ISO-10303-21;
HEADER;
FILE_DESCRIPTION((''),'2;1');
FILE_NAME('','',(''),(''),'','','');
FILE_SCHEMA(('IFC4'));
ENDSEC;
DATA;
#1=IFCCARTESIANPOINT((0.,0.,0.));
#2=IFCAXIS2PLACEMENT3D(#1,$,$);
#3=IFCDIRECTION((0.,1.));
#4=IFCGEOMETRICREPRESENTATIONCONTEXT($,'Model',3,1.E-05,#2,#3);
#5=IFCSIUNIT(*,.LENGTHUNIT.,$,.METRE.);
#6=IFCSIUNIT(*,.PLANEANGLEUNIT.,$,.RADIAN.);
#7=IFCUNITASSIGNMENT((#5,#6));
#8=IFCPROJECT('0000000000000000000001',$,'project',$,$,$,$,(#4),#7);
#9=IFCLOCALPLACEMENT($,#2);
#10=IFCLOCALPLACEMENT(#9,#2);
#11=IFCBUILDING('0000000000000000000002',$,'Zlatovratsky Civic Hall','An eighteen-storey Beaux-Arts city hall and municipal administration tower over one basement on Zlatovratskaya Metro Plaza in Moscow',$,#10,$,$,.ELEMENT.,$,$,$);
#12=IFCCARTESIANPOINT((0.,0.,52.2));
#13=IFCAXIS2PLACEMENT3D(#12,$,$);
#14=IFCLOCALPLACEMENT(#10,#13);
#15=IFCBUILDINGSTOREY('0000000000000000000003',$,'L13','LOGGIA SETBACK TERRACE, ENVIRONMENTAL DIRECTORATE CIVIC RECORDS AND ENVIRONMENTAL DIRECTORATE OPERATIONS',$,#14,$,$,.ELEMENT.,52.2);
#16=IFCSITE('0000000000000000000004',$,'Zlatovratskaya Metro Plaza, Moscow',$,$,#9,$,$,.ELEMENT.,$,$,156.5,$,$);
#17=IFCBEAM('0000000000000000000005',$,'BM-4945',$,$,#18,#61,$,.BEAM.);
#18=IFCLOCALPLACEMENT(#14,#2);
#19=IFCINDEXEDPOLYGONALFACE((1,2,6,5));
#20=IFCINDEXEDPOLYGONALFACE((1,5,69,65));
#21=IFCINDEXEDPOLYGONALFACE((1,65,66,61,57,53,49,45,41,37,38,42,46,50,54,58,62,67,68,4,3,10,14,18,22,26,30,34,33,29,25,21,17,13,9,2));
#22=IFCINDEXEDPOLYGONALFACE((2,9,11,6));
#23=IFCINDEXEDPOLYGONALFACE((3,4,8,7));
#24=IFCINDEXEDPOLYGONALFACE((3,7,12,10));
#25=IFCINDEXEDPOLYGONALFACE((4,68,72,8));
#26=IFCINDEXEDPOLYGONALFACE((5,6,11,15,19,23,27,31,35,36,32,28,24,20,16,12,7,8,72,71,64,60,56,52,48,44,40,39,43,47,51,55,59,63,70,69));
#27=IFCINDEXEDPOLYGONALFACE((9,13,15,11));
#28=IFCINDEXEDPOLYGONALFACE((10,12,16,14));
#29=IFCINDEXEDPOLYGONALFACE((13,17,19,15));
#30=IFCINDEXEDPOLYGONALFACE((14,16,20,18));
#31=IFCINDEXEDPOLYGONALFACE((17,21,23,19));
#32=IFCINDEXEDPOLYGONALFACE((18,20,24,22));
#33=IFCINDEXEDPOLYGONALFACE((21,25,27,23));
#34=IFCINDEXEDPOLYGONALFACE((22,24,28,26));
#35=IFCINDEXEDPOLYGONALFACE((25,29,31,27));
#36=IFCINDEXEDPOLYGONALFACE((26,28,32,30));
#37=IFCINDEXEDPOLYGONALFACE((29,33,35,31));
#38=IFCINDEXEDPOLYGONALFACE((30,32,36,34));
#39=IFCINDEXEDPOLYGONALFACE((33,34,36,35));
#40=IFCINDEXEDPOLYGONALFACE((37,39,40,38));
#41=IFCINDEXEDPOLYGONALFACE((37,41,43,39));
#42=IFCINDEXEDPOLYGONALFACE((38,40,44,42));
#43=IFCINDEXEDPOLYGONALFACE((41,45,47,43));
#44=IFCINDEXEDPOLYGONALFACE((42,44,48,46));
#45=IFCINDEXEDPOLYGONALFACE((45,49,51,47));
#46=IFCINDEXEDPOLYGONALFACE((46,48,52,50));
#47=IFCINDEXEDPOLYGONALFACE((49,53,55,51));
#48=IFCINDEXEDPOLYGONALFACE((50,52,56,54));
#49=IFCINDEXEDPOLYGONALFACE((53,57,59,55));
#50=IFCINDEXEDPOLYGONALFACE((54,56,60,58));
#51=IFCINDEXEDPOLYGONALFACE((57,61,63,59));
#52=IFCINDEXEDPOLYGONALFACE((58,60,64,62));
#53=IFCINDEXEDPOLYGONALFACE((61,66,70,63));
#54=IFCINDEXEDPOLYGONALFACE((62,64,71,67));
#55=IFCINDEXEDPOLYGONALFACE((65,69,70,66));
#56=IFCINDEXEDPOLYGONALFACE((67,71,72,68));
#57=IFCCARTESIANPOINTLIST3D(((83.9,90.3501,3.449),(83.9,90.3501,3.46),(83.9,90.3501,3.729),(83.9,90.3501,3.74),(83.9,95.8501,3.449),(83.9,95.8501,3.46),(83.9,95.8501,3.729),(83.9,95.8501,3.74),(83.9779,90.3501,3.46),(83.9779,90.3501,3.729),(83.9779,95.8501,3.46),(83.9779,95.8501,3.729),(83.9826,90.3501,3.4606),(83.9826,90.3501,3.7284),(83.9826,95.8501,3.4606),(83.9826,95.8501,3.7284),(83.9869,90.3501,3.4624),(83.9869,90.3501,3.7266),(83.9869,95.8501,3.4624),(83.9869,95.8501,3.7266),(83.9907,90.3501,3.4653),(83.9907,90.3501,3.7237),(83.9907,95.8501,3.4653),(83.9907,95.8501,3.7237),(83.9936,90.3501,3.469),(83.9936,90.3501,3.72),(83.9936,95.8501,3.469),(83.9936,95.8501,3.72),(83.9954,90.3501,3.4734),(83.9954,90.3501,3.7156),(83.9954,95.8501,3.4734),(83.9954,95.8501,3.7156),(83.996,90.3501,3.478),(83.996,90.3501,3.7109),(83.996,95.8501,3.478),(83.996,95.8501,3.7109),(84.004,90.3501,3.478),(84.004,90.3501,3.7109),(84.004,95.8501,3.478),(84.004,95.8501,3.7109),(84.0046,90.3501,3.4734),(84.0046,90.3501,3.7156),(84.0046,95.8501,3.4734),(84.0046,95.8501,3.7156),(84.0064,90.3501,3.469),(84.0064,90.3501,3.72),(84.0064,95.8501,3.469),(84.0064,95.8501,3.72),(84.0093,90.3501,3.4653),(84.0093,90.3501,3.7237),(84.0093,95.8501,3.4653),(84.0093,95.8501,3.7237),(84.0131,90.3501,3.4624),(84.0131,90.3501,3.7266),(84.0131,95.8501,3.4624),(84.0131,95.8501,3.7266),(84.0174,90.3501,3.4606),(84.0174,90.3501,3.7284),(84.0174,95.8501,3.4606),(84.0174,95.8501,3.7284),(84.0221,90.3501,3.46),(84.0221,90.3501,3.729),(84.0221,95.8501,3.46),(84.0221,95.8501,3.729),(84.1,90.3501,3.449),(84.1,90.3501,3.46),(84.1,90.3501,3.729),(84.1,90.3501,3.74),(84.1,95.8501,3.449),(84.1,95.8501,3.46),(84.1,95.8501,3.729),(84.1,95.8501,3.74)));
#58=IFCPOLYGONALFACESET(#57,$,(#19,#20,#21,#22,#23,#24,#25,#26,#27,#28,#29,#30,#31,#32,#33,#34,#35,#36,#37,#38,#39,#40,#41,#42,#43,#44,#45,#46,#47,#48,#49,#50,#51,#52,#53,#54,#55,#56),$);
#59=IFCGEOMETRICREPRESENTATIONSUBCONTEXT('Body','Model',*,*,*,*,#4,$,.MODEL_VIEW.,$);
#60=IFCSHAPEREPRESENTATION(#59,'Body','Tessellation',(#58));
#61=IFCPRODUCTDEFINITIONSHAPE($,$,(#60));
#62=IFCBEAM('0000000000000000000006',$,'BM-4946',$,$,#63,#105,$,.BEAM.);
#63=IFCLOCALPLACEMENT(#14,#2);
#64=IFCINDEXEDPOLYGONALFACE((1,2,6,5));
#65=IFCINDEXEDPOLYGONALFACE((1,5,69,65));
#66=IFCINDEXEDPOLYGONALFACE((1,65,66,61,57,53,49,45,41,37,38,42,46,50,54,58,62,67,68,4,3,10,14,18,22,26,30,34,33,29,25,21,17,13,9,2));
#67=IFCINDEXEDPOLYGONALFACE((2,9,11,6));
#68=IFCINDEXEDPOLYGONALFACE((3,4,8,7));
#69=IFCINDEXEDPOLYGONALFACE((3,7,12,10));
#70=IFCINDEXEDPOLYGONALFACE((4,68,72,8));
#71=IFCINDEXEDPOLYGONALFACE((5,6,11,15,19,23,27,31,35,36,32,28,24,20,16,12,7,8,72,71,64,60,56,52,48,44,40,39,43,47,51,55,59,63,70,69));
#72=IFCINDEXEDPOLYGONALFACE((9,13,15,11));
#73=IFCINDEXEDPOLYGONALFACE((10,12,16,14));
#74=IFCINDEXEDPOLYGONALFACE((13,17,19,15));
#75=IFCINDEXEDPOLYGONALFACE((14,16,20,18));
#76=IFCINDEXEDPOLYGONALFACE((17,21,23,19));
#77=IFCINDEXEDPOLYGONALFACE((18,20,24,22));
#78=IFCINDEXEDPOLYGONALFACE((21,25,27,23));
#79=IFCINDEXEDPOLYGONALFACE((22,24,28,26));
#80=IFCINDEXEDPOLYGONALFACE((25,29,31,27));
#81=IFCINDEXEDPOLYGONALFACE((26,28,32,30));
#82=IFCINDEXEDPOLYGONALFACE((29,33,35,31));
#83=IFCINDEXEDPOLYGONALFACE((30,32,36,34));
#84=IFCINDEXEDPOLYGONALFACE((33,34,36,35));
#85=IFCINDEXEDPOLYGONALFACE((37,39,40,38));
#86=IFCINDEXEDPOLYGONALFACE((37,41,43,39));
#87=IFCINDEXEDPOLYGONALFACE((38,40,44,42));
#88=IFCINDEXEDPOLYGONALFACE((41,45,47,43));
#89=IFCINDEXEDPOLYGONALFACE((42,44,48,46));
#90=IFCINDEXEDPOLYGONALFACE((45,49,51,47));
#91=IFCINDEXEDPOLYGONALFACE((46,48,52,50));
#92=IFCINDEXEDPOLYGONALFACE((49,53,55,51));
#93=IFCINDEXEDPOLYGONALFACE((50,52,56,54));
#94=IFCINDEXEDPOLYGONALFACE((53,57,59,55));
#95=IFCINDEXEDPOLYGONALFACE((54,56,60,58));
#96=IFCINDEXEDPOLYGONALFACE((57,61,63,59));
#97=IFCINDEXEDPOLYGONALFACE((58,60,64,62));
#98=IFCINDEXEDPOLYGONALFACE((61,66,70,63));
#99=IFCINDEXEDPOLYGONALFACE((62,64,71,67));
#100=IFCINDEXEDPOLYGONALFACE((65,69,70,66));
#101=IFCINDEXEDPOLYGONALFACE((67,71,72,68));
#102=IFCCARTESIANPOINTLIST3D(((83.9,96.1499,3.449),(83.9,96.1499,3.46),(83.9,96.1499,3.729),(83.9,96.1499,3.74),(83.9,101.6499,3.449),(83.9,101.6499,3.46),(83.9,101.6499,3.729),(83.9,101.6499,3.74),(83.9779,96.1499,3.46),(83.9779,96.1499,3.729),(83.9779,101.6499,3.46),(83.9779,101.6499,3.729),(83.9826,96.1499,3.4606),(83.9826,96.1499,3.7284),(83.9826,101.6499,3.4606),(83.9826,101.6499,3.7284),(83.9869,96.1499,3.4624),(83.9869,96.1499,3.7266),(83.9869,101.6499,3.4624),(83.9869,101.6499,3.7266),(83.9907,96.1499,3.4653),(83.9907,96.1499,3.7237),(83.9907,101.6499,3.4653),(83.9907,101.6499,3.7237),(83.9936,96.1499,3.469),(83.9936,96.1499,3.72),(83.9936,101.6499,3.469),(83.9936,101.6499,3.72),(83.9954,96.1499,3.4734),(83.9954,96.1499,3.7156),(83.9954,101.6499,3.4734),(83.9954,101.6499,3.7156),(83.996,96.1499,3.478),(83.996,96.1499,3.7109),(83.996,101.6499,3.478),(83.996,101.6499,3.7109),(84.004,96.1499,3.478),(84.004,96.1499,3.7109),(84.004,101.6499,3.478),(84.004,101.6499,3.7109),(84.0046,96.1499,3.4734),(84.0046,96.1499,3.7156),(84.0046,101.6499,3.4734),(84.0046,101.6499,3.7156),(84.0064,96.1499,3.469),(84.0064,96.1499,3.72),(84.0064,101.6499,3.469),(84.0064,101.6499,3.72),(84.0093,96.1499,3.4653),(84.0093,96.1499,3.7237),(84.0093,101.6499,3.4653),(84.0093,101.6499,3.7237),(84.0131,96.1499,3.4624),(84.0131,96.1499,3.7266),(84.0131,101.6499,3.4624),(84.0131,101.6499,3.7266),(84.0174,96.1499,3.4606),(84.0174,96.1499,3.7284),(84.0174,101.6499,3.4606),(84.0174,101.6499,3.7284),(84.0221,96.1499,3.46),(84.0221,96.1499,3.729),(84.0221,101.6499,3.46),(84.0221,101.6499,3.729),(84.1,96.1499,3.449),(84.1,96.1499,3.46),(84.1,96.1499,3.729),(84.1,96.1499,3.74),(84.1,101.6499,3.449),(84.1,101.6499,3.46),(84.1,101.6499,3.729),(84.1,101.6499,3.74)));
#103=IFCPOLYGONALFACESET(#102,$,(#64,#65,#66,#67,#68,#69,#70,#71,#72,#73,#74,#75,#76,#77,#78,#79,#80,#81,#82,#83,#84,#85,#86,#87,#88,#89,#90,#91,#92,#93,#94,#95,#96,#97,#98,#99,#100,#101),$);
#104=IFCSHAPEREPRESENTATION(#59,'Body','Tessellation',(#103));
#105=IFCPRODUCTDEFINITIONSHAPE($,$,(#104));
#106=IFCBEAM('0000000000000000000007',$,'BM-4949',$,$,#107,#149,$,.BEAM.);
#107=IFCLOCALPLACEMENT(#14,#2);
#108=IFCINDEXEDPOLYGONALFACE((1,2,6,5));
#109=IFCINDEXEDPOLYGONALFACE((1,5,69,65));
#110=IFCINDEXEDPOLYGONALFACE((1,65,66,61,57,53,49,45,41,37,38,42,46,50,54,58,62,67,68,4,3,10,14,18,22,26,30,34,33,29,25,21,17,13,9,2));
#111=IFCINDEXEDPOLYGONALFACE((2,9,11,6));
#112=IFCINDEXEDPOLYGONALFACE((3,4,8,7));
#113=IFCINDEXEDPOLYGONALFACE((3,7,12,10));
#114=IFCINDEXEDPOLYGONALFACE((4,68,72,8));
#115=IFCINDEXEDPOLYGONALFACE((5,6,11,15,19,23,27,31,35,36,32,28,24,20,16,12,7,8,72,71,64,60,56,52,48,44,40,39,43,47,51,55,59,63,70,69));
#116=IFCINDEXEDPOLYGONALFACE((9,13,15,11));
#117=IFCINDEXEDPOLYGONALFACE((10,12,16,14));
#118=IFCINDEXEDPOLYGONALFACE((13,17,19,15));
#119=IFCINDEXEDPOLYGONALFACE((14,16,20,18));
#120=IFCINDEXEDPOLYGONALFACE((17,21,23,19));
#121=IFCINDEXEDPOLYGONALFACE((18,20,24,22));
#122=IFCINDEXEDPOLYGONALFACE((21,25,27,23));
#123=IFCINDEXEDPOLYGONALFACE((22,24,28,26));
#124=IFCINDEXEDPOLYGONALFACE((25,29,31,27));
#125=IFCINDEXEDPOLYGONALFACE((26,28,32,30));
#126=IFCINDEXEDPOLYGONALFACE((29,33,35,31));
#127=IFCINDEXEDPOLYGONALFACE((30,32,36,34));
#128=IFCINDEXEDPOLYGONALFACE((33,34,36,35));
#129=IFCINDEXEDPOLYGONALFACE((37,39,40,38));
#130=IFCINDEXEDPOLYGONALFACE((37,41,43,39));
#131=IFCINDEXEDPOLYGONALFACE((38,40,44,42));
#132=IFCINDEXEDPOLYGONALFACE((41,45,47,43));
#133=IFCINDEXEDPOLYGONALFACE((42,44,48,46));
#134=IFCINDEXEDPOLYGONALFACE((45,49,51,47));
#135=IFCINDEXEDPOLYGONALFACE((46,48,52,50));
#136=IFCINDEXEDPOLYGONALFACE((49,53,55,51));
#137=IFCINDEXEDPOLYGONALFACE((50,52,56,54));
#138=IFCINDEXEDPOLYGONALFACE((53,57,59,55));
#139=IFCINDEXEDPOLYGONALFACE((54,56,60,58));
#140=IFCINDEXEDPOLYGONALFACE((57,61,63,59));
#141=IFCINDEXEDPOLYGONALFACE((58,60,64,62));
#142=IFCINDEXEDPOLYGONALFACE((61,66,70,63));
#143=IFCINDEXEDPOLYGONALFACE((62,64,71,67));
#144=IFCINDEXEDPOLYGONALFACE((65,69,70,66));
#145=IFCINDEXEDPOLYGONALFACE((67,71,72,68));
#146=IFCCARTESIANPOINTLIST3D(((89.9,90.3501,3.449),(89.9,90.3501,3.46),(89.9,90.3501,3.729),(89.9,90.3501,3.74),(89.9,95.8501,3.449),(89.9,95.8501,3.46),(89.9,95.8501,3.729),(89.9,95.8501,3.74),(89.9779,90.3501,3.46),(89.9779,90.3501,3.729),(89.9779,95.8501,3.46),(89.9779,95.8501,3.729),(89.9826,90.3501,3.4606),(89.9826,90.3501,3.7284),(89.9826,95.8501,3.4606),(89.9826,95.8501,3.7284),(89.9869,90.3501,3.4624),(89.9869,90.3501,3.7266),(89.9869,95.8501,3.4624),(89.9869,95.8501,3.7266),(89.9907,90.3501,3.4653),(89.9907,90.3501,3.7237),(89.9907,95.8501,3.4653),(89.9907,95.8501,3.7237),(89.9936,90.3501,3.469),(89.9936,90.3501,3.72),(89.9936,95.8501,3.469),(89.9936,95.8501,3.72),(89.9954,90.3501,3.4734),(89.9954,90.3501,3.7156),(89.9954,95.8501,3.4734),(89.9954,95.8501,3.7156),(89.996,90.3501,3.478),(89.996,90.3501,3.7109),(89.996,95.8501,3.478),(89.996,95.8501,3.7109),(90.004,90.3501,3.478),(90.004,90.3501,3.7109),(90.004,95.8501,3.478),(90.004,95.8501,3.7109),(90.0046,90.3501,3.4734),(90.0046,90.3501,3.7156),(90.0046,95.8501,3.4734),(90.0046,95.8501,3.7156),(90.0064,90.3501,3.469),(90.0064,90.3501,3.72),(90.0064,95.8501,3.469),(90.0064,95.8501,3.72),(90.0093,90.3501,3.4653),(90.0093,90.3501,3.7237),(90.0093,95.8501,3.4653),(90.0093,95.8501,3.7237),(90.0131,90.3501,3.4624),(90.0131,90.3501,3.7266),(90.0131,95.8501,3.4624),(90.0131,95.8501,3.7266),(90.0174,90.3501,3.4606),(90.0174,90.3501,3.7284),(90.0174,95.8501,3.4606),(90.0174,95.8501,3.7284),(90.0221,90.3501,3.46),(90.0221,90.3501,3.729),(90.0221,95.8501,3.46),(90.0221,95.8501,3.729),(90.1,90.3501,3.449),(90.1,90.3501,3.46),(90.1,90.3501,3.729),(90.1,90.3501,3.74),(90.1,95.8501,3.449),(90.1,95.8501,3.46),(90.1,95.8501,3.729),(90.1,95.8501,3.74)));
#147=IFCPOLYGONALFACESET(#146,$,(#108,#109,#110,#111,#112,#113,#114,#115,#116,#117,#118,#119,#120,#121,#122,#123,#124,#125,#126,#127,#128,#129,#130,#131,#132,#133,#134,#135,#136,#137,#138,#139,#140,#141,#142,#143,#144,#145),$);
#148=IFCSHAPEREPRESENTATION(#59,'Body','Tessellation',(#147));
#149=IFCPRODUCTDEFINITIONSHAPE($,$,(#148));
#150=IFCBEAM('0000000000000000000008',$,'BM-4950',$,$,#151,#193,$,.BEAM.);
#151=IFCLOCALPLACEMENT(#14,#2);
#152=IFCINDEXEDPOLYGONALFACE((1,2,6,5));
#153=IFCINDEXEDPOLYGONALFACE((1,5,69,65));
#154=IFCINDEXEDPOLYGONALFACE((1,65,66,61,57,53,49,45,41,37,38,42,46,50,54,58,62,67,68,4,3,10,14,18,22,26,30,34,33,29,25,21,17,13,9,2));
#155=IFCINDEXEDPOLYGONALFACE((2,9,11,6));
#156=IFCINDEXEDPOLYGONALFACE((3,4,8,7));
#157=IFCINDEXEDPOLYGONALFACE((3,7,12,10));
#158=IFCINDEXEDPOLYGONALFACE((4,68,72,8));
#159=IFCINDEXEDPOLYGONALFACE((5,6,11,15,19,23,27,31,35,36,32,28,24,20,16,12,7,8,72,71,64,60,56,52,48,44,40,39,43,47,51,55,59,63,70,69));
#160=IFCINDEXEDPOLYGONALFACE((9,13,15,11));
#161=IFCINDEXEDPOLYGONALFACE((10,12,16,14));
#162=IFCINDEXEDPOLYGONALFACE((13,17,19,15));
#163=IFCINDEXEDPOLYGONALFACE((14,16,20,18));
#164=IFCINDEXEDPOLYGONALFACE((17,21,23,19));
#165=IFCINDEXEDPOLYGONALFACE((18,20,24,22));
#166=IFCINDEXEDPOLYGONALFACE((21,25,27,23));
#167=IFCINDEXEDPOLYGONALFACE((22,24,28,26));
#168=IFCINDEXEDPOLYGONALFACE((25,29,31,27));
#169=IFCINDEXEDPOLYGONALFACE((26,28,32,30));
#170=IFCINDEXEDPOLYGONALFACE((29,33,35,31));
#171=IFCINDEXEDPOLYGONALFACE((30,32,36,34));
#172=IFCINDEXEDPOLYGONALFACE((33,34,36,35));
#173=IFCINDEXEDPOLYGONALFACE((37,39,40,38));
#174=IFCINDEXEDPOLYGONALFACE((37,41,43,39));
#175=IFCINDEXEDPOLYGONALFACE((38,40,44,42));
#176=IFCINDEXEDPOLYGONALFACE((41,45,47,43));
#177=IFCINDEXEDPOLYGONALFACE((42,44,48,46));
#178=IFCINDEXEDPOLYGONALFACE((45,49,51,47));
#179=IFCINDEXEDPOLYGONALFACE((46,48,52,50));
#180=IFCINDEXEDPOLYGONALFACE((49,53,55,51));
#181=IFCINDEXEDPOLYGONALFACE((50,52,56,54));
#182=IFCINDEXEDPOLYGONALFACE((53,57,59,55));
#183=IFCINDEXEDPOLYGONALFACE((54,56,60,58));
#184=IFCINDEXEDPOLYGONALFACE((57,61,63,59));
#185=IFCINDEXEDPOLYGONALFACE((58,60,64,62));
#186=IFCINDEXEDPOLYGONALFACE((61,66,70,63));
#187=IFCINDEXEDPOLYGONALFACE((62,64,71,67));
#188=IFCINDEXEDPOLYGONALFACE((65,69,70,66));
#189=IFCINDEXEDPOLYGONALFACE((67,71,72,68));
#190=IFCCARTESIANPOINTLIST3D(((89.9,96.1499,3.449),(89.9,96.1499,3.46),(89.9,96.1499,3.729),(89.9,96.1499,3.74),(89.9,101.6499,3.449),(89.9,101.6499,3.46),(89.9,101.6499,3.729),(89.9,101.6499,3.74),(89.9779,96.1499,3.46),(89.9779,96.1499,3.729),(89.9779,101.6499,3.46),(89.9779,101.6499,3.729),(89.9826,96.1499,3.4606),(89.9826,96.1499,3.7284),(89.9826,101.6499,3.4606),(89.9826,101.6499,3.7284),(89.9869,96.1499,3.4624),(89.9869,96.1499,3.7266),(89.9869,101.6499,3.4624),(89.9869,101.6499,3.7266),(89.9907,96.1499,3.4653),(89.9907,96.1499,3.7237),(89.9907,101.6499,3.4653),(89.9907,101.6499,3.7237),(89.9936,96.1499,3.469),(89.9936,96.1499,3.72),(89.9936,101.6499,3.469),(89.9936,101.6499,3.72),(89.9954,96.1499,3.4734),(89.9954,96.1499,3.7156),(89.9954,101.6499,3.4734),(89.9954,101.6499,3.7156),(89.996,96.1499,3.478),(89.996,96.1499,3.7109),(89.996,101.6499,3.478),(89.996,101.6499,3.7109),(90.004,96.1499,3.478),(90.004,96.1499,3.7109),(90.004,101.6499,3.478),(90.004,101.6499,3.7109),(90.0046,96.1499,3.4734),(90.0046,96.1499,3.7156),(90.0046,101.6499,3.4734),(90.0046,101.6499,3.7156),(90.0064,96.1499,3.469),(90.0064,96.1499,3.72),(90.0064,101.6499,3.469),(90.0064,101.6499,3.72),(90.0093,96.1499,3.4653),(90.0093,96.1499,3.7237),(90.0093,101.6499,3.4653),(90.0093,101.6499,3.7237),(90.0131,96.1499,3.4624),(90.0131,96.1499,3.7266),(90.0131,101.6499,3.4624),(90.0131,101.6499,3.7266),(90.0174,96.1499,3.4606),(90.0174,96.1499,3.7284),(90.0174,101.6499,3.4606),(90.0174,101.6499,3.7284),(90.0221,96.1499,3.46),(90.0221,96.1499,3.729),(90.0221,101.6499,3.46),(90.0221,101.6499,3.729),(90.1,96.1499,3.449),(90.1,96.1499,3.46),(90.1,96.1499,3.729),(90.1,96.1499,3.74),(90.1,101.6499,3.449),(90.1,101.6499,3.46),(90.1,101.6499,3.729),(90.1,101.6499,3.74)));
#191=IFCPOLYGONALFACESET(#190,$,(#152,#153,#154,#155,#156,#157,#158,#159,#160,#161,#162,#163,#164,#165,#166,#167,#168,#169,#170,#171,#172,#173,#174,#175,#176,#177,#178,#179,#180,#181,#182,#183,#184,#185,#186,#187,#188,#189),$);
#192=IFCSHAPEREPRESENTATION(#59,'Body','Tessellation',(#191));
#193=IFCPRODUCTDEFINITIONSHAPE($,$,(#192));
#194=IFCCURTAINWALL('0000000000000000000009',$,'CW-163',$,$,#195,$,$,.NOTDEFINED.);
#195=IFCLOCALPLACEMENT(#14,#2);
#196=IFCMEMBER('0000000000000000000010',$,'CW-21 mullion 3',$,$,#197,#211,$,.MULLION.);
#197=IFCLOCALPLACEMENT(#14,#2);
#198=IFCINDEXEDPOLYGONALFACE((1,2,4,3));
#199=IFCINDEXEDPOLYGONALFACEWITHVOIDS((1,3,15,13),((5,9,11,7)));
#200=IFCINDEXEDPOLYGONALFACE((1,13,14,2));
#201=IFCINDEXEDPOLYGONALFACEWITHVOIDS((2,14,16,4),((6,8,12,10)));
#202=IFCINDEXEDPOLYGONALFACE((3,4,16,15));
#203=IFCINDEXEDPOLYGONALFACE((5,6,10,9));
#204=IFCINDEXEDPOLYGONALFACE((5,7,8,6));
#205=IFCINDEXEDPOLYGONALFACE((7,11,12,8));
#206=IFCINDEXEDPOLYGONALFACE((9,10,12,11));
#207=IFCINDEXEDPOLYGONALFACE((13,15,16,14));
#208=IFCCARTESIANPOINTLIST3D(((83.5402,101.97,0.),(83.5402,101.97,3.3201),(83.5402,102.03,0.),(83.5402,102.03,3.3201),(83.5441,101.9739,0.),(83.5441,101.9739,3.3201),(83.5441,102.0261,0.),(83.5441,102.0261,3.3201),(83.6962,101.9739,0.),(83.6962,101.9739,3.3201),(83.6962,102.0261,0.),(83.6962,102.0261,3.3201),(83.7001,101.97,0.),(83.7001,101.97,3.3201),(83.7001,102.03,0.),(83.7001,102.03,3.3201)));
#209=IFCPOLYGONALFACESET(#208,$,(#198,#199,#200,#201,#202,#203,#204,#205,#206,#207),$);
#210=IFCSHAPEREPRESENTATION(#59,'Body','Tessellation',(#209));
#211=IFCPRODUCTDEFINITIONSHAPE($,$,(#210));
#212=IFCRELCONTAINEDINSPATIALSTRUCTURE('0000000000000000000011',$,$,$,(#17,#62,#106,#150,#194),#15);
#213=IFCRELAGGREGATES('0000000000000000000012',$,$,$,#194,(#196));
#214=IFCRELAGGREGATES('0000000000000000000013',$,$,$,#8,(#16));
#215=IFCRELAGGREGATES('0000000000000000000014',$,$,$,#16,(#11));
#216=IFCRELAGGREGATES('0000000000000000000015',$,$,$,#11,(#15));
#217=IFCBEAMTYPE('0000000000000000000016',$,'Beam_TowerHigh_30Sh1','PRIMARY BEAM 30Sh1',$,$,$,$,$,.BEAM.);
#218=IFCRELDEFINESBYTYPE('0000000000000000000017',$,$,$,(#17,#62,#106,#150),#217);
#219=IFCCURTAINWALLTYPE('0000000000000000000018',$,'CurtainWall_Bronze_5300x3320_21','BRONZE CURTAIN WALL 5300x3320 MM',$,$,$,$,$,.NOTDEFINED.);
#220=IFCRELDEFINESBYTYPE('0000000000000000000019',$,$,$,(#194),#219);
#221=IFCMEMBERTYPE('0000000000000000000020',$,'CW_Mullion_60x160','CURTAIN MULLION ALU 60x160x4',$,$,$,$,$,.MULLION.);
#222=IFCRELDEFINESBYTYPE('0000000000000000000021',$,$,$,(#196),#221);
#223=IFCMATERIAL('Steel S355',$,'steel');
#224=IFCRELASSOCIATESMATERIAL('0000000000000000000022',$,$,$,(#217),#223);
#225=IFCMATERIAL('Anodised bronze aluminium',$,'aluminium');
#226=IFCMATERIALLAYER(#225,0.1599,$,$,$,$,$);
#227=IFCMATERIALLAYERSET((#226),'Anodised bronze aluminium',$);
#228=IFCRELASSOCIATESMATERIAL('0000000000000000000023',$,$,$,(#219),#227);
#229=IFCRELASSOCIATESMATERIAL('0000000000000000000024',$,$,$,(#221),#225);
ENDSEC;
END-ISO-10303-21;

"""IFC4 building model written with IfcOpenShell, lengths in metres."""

from ifc_helpers import new_model, si_unit, direction, frame, origin, origin_2d, place, context, subcontext, project, spatial, hollow_rectangle, i_section, extrude, material, layer, layer_set, material_profile, profile_set, type_object, element, aggregate, save


model = new_model("IFC4")

# Units and contexts
model_context = context("Model", 3, precision=1e-05, world=origin(), true_north=direction((0.0, 1.0)))
body_context = subcontext(model_context, "Body", "Model", "MODEL_VIEW")
ifc_project = project(units=[si_unit("LENGTHUNIT", "METRE"), si_unit("PLANEANGLEUNIT", "RADIAN")], contexts=[model_context])

# Site, building, storey
site_placement = place(None, origin())
site = spatial("IfcSite", under=ifc_project, at=site_placement, Name="Zlatovratskaya Metro Plaza, Moscow", CompositionType="ELEMENT", RefElevation=156.5)
building_placement = place(site_placement, origin())
building = spatial("IfcBuilding", under=site, at=building_placement, Name="Zlatovratsky Civic Hall", Description="An eighteen-storey Beaux-Arts city hall and municipal administration tower over one basement on Zlatovratskaya Metro Plaza in Moscow", CompositionType="ELEMENT")
storey_placement = place(building_placement, frame((0.0, 0.0, 52.2)))
storey = spatial("IfcBuildingStorey", under=building, at=storey_placement, Name="L13", Description="LOGGIA SETBACK TERRACE, ENVIRONMENTAL DIRECTORATE CIVIC RECORDS AND ENVIRONMENTAL DIRECTORATE OPERATIONS", CompositionType="ELEMENT", Elevation=52.2)

# Shared definitions
ifc_material_1 = material(Name="Steel S355", Category="steel")

# Beams
ifc_material_profile_1 = material_profile(ifc_material_1, i_section(OverallWidth=0.2, OverallDepth=0.291, WebThickness=0.0081, FlangeThickness=0.011, FilletRadius=0.0181, at=origin_2d()), Name="30Sh1")
ifc_profile_set_1 = profile_set([ifc_material_profile_1], Name="Steel S355")
beam_type_1 = type_object("IfcBeamType", Name="Beam_TowerHigh_30Sh1", Description="PRIMARY BEAM 30Sh1", PredefinedType="BEAM", material=ifc_profile_set_1)
for number, where, z_axis, x_axis, name in (
    (1, (84.0, 90.3501, 3.5945), (0.0, 1.0, 0.0), (-1.0, 0.0, 0.0), "BM-4945"),
    (2, (84.0, 96.1499, 3.5945), (0.0, 1.0, 0.0), (-1.0, 0.0, 0.0), "BM-4946"),
    (3, (90.0, 90.3501, 3.5945), (0.0, 1.0, 0.0), (-1.0, 0.0, 0.0), "BM-4949"),
    (4, (90.0, 96.1499, 3.5945), (0.0, 1.0, 0.0), (-1.0, 0.0, 0.0), "BM-4950"),
):
    element("IfcBeam", number, at=place(storey_placement, frame(where, z_axis=z_axis, x_axis=x_axis)), inside=storey, type_object=beam_type_1, Name=name, PredefinedType="BEAM", context=body_context, shape_type="SweptSolid", body=[
        extrude(i_section(OverallWidth=0.2, OverallDepth=0.291, WebThickness=0.0081, FlangeThickness=0.011, FilletRadius=0.0181, at=origin_2d()), origin(), (0.0, 0.0, 1.0), 5.5),
    ])

# Curtain wall, member
ifc_material_2 = material(Name="Anodised bronze aluminium", Category="aluminium")
ifc_layer_1 = layer(ifc_material_2, 0.1599)
ifc_layer_set_1 = layer_set([ifc_layer_1], Name="Anodised bronze aluminium")
curtain_wall_type = type_object("IfcCurtainWallType", Name="CurtainWall_Bronze_5300x3320_21", Description="BRONZE CURTAIN WALL 5300x3320 MM", PredefinedType="NOTDEFINED", material=ifc_layer_set_1)
curtain_wall_1_placement = place(storey_placement, origin())
curtain_wall_1 = element("IfcCurtainWall", 5, at=curtain_wall_1_placement, inside=storey, type_object=curtain_wall_type, Name="CW-163", PredefinedType="NOTDEFINED")
ifc_material_profile_2 = material_profile(ifc_material_2, hollow_rectangle(XDim=0.0601, YDim=0.1599, WallThickness=0.0039, at=origin_2d()), Name="ALU 60x160x4")
ifc_profile_set_2 = profile_set([ifc_material_profile_2], Name="Anodised bronze aluminium")
member_type_1 = type_object("IfcMemberType", Name="CW_Mullion_60x160", Description="CURTAIN MULLION ALU 60x160x4", PredefinedType="MULLION", material=ifc_profile_set_2)
member_1_placement = place(storey_placement, frame((83.6201, 102.0, 0.0), z_axis=(0.0, 0.0, 1.0), x_axis=(0.0, 1.0, 0.0)))
member_1 = element("IfcMember", 6, at=member_1_placement, type_object=member_type_1, Name="CW-21 mullion 3", PredefinedType="MULLION", context=body_context, shape_type="SweptSolid", body=[
    extrude(hollow_rectangle(XDim=0.0601, YDim=0.1599, WallThickness=0.0039, at=origin_2d()), origin(), (0.0, 0.0, 1.0), 3.3201),
])

aggregate(curtain_wall_1, [member_1])

save(model, "model.ifc")
